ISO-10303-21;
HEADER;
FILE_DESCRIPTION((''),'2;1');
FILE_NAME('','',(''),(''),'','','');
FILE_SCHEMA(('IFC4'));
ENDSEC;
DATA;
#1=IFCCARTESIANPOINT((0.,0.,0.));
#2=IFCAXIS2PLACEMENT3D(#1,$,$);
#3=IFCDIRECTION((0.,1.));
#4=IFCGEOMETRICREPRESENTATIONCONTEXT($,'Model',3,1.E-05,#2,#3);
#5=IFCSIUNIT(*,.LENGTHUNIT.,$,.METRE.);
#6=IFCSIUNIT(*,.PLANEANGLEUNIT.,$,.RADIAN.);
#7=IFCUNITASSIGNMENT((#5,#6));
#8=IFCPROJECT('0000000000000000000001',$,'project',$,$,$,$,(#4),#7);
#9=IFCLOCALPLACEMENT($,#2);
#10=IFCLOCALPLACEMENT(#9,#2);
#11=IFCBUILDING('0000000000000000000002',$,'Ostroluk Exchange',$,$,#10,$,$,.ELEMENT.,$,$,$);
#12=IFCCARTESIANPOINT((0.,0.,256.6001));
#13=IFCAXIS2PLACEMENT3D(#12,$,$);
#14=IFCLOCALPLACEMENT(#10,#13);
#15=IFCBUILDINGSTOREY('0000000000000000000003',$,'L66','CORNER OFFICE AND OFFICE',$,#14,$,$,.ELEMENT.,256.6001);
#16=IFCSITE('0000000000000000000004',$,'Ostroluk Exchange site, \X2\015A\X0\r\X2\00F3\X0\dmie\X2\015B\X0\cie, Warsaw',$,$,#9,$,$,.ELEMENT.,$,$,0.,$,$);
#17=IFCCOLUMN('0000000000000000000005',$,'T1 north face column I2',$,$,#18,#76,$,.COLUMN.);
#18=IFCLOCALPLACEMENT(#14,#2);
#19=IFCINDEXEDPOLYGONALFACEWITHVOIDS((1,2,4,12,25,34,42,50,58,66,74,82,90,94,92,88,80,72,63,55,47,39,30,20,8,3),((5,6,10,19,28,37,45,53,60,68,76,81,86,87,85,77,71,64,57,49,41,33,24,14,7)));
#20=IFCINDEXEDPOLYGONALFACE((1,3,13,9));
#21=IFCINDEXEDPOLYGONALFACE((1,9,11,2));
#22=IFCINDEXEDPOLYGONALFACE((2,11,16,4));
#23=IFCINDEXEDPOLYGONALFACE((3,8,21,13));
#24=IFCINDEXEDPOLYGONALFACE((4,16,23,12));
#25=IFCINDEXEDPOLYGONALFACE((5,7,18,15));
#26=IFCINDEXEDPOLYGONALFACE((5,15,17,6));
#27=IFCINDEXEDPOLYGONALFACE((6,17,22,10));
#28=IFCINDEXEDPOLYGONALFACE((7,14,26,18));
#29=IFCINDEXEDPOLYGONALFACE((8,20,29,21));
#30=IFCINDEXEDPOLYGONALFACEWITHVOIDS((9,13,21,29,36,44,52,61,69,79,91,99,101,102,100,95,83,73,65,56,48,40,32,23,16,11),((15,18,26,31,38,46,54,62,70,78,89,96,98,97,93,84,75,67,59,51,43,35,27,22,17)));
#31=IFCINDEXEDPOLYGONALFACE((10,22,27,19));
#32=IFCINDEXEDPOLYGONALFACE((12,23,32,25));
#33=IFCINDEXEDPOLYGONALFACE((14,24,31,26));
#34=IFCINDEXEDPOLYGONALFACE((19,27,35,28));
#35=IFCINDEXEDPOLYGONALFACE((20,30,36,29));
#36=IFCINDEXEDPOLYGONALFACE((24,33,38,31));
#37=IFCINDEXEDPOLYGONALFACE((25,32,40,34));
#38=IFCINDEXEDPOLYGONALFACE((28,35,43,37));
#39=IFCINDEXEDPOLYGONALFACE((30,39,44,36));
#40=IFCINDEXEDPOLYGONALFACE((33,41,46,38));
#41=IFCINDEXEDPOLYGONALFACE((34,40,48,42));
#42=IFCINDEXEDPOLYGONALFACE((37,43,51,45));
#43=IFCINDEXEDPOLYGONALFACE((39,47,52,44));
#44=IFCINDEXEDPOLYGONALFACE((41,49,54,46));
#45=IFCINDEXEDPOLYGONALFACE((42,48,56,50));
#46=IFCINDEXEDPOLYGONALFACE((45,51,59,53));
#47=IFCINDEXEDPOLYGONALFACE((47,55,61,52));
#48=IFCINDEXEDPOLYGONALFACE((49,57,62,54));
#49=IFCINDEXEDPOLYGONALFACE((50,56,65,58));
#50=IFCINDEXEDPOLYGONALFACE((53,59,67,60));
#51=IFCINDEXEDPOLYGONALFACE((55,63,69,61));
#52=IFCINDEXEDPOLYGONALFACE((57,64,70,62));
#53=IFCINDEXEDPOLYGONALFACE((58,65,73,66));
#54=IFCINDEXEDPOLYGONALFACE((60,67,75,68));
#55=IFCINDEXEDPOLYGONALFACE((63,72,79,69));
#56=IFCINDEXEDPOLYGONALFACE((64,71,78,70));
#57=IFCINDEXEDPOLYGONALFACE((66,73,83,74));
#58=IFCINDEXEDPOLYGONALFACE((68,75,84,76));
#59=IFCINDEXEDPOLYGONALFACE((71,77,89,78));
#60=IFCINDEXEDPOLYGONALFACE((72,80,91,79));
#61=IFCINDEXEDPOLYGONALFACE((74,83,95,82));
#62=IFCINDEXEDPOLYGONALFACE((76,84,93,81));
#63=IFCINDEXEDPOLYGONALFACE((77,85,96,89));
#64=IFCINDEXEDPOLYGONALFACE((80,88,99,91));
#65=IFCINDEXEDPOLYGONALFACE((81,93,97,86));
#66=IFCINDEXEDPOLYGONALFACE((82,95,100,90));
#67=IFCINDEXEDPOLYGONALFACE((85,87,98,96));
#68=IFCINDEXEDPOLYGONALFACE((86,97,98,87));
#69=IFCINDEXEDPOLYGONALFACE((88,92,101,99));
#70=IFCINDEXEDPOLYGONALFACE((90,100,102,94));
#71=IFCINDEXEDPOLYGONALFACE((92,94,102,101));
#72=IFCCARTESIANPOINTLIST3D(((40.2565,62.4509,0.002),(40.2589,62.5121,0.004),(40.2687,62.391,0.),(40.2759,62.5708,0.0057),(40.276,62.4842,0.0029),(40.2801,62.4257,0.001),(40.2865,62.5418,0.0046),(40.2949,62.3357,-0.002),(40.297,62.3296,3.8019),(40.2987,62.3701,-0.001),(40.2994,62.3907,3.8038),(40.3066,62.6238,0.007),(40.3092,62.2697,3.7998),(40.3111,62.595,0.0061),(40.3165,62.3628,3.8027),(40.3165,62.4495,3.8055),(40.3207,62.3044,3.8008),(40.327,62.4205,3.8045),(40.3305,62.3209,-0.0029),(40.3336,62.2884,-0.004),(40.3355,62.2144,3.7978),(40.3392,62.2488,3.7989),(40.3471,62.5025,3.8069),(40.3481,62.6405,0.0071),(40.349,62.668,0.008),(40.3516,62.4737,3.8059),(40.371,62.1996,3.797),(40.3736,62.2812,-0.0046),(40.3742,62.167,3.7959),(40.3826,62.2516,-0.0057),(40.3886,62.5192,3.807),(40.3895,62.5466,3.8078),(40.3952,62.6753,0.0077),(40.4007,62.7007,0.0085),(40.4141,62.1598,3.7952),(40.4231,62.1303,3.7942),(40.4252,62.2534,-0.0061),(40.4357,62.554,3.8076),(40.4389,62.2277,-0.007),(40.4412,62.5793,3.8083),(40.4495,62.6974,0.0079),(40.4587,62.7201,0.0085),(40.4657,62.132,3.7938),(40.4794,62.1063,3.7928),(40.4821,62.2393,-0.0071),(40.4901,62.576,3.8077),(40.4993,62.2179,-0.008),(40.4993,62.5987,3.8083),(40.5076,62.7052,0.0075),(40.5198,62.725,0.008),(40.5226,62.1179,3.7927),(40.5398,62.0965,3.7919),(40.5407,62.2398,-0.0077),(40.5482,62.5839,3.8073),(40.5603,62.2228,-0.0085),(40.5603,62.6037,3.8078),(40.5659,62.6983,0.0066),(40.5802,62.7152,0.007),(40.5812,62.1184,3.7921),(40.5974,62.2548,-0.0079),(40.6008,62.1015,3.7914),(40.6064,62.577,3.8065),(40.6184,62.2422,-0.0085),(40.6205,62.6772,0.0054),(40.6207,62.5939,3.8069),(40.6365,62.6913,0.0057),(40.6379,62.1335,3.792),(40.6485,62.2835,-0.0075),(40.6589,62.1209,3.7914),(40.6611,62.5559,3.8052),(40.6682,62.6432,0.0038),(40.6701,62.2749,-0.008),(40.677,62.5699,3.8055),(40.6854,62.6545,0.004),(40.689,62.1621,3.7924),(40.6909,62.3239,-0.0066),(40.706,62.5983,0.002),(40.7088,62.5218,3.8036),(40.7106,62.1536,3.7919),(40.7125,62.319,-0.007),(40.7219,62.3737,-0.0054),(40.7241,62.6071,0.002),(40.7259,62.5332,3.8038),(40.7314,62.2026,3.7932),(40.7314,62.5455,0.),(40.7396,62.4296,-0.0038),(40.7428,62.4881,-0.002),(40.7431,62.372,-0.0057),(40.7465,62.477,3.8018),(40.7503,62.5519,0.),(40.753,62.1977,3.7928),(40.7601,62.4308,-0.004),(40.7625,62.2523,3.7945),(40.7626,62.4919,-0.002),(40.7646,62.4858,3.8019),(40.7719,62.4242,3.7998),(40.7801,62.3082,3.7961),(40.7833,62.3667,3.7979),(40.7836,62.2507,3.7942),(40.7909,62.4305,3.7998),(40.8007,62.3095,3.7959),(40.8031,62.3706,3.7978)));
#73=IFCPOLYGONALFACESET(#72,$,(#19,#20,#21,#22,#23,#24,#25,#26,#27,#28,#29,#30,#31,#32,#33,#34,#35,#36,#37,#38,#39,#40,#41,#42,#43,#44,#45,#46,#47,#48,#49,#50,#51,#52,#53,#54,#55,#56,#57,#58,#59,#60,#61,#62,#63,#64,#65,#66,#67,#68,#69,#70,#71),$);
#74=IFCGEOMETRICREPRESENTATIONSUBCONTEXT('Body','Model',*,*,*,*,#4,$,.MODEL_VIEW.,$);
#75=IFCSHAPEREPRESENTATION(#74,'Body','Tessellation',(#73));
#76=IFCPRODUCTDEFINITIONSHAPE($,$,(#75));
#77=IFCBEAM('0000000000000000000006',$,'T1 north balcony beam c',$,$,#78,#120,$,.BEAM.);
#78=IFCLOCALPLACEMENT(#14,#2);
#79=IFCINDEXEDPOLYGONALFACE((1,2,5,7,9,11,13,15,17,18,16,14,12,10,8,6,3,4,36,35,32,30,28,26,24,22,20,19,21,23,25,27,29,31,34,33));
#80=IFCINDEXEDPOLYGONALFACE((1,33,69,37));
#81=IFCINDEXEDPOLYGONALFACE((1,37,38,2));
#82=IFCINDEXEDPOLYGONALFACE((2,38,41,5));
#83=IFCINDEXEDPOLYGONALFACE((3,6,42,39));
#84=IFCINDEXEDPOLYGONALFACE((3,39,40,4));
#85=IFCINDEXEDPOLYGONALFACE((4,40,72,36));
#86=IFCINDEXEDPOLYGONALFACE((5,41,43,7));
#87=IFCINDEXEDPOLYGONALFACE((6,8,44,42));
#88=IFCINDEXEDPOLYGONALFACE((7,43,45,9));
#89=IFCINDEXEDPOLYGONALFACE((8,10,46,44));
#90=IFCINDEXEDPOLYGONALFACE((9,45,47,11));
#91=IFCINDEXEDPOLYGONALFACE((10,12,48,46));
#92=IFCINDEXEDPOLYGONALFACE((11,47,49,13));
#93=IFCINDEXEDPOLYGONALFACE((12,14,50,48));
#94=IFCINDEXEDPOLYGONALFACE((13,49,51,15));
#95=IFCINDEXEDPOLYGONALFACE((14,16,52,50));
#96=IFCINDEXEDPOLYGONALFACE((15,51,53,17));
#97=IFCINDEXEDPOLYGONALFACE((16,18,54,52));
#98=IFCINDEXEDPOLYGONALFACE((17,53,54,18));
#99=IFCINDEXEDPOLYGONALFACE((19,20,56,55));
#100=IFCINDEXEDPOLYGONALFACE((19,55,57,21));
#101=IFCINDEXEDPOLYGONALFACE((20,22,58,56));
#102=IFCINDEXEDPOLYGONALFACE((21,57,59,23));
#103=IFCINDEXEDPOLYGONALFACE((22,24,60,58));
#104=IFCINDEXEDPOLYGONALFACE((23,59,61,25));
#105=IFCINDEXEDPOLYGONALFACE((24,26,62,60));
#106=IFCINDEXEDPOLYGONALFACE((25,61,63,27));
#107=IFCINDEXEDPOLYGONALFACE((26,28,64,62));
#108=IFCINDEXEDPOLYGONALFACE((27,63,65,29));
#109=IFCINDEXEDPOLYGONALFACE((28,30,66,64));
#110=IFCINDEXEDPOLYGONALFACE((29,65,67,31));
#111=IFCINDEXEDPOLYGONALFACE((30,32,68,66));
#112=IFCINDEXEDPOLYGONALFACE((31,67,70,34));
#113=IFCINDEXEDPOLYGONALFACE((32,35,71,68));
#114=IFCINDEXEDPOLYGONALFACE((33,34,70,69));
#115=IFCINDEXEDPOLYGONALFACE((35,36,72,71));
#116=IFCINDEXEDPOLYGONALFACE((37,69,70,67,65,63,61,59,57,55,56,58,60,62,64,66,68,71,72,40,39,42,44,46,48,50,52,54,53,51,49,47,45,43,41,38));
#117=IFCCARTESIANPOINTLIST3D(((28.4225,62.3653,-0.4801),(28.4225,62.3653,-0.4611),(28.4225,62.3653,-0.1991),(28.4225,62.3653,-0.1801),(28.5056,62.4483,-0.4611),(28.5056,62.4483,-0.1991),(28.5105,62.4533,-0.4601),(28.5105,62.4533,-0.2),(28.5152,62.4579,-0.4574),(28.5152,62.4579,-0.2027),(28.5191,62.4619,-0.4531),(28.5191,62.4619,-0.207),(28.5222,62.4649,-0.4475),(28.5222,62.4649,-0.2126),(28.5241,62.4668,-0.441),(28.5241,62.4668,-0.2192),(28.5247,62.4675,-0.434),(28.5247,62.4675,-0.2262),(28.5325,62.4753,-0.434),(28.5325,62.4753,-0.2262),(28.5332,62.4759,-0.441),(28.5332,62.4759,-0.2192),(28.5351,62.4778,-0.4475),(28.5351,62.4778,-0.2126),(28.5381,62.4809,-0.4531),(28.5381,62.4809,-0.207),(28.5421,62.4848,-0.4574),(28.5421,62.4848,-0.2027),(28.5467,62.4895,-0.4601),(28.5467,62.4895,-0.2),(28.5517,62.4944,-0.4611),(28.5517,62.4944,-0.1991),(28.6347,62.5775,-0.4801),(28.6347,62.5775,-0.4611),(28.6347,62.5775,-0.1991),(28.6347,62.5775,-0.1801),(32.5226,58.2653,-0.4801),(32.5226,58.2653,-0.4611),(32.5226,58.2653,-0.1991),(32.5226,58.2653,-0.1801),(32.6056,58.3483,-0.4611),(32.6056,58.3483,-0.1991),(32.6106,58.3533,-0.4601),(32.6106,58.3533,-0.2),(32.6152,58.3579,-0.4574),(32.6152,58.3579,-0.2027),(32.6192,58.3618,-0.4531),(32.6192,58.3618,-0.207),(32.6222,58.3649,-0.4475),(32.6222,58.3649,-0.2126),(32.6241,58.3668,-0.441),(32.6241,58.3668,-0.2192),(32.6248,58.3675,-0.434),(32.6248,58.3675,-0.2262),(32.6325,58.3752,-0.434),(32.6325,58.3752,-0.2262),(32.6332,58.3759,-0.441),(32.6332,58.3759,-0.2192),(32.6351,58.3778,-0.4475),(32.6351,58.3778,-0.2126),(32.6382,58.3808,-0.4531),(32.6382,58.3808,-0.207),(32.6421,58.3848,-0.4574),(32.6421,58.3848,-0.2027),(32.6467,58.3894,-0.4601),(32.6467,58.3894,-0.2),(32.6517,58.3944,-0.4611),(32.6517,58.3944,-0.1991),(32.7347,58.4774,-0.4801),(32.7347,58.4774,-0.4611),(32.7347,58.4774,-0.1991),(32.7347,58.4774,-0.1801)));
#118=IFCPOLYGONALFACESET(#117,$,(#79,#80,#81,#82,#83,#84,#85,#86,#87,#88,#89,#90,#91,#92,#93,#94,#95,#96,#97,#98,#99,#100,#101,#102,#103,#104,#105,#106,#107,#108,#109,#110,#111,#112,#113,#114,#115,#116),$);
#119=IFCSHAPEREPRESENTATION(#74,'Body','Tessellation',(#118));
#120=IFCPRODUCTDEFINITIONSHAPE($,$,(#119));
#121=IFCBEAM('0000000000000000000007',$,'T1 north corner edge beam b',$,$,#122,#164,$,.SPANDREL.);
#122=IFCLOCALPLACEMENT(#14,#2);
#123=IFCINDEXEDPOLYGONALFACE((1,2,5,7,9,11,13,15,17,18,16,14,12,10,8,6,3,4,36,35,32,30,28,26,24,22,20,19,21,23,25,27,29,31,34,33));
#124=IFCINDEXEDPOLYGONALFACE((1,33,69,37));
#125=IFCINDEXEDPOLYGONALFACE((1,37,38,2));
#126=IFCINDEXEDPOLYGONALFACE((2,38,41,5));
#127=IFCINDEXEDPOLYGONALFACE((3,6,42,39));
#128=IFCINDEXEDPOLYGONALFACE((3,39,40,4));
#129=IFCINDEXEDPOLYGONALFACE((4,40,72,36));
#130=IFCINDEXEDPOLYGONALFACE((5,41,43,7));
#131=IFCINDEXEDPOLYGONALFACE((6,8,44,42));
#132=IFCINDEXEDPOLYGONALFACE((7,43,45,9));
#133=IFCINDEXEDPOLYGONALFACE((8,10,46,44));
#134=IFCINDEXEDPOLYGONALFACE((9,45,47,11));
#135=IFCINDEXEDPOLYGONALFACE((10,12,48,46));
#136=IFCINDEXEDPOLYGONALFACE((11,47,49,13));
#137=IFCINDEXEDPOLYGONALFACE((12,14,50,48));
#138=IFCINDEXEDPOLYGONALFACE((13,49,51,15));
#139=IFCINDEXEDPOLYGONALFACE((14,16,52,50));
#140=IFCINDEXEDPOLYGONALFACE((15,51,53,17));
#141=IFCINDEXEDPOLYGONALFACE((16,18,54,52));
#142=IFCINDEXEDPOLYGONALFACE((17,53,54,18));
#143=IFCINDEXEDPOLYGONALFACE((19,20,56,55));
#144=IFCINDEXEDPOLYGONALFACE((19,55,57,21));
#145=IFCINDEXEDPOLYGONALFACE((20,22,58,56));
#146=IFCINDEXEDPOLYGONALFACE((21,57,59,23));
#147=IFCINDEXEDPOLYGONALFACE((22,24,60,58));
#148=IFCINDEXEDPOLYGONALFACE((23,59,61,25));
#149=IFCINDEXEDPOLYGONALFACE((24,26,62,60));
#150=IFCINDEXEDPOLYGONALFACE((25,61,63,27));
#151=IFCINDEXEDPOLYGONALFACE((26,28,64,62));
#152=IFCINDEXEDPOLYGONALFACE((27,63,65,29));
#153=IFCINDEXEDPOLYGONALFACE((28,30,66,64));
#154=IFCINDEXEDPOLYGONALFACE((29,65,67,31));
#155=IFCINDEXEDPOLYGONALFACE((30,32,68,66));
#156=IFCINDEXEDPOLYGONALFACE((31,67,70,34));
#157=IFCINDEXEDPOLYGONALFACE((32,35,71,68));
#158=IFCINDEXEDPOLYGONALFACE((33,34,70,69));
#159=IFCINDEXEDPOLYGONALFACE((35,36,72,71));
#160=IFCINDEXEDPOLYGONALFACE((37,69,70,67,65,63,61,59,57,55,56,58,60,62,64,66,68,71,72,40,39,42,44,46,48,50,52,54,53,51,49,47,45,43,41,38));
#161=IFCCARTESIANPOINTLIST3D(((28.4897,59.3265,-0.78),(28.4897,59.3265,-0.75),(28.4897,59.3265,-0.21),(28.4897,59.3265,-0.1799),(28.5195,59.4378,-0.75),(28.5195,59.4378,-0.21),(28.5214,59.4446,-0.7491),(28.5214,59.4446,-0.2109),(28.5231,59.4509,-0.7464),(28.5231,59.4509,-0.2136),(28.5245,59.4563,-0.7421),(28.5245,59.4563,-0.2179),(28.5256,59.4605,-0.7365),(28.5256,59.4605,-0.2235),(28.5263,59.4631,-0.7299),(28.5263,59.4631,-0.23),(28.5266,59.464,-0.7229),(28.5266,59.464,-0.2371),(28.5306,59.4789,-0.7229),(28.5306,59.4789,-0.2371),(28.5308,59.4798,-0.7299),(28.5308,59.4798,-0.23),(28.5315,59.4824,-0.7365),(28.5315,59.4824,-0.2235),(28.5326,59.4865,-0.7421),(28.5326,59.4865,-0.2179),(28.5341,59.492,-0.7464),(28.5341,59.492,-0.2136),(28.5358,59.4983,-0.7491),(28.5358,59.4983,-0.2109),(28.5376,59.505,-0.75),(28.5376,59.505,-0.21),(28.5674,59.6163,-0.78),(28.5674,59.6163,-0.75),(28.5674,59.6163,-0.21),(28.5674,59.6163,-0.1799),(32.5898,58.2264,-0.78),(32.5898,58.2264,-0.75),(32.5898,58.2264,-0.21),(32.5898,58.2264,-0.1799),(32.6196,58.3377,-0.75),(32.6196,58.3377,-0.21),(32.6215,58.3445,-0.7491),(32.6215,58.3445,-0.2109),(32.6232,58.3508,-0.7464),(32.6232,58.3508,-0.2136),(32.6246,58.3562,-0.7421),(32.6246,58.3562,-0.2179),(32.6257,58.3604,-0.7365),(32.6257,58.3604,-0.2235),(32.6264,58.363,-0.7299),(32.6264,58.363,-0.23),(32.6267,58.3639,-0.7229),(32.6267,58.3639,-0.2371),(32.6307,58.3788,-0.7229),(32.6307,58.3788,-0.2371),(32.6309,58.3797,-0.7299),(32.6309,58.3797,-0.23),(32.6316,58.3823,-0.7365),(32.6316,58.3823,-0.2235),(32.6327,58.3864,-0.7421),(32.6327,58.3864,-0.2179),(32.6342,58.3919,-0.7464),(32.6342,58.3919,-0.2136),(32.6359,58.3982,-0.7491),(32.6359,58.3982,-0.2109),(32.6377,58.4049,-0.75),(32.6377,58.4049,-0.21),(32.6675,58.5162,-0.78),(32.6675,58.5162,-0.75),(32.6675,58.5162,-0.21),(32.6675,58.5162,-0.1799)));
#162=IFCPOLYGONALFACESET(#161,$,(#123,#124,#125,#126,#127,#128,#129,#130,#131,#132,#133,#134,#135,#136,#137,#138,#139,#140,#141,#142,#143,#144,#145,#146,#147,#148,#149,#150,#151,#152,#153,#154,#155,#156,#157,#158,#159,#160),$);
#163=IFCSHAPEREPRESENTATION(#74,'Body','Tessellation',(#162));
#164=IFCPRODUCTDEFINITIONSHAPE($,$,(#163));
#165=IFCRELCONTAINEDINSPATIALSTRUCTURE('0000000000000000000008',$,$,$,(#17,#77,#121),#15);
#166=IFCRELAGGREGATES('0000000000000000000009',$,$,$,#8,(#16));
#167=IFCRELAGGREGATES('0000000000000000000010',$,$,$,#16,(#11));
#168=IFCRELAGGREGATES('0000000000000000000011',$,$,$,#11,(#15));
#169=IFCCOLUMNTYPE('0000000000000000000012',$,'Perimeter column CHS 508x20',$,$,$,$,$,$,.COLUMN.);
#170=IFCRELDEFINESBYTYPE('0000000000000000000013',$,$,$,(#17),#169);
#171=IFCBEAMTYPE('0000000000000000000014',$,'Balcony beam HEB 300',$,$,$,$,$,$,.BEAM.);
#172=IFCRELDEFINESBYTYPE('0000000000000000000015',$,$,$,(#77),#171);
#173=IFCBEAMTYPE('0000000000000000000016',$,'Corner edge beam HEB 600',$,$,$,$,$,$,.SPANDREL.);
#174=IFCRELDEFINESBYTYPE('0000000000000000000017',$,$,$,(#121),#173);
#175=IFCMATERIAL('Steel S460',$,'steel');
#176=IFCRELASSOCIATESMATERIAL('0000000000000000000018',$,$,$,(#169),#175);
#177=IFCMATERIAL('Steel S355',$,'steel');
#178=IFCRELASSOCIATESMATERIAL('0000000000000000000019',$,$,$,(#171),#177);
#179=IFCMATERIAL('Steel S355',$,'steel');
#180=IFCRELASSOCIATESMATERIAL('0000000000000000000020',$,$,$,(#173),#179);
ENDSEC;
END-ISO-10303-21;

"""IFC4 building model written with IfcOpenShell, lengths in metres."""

from ifc_helpers import new_model, si_unit, direction, frame, origin, origin_2d, place, context, subcontext, project, spatial, hollow_circle, i_section, extrude, material, material_profile, profile_set, type_object, element, save


model = new_model("IFC4")

# Units and contexts
model_context = context("Model", 3, precision=1e-05, world=origin(), true_north=direction((0.0, 1.0)))
body_context = subcontext(model_context, "Body", "Model", "MODEL_VIEW")
ifc_project = project(units=[si_unit("LENGTHUNIT", "METRE"), si_unit("PLANEANGLEUNIT", "RADIAN")], contexts=[model_context])

# Site, building, storey
site_placement = place(None, origin())
site = spatial("IfcSite", under=ifc_project, at=site_placement, Name="Ostroluk Exchange site, Śródmieście, Warsaw", CompositionType="ELEMENT", RefElevation=0.0)
building_placement = place(site_placement, origin())
building = spatial("IfcBuilding", under=site, at=building_placement, Name="Ostroluk Exchange", CompositionType="ELEMENT")
storey_placement = place(building_placement, frame((0.0, 0.0, 256.6001)))
storey = spatial("IfcBuildingStorey", under=building, at=storey_placement, Name="L66", Description="CORNER OFFICE AND OFFICE", CompositionType="ELEMENT", Elevation=256.6001)

# Column
ifc_material_1 = material(Name="Steel S460", Category="steel")
ifc_material_profile_1 = material_profile(ifc_material_1, hollow_circle(Radius=0.2539, WallThickness=0.02, at=origin_2d()), Name="CHS 508x20")
ifc_profile_set_1 = profile_set([ifc_material_profile_1], Name="Steel S460")
column_type = type_object("IfcColumnType", Name="Perimeter column CHS 508x20", PredefinedType="COLUMN", material=ifc_profile_set_1)
column_placement = place(storey_placement, frame((40.5095, 62.4714, 0.0), z_axis=(0.01066, -0.031915, 0.999434), x_axis=(0.948492, 0.3168, 0.0)))
element("IfcColumn", 1, at=column_placement, inside=storey, type_object=column_type, Name="T1 north face column I2", PredefinedType="COLUMN", context=body_context, shape_type="SweptSolid", body=[
    extrude(hollow_circle(Radius=0.2539, WallThickness=0.02, at=origin_2d()), origin(), (0.0, 0.0, 1.0), 3.802),
])

# Beams
ifc_material_2 = material(Name="Steel S355", Category="steel")
ifc_material_profile_2 = material_profile(ifc_material_2, i_section(OverallWidth=0.3, OverallDepth=0.3, WebThickness=0.011, FlangeThickness=0.019, FilletRadius=0.0271, at=origin_2d()), Name="HEB 300")
ifc_profile_set_2 = profile_set([ifc_material_profile_2], Name="Steel S355")
beam_type_1 = type_object("IfcBeamType", Name="Balcony beam HEB 300", PredefinedType="BEAM", material=ifc_profile_set_2)
beam_1_placement = place(storey_placement, frame((32.6287, 58.3713, -0.3301), z_axis=(-0.707107, 0.707107, 0.0), x_axis=(-0.707107, -0.707107, 0.0)))
element("IfcBeam", 2, at=beam_1_placement, inside=storey, type_object=beam_type_1, Name="T1 north balcony beam c", PredefinedType="BEAM", context=body_context, shape_type="SweptSolid", body=[
    extrude(i_section(OverallWidth=0.3, OverallDepth=0.3, WebThickness=0.011, FlangeThickness=0.019, FilletRadius=0.0271, at=origin_2d()), origin(), (0.0, 0.0, 1.0), 5.7983),
])
ifc_material_3 = material(Name="Steel S355", Category="steel")
ifc_material_profile_3 = material_profile(ifc_material_3, i_section(OverallWidth=0.3, OverallDepth=0.6001, WebThickness=0.0154, FlangeThickness=0.03, FilletRadius=0.0271, at=origin_2d()), Name="HEB 600")
ifc_profile_set_3 = profile_set([ifc_material_profile_3], Name="Steel S355")
beam_type_2 = type_object("IfcBeamType", Name="Corner edge beam HEB 600", PredefinedType="SPANDREL", material=ifc_profile_set_3)
beam_2_placement = place(storey_placement, frame((32.6287, 58.3713, -0.48), z_axis=(-0.965839, 0.259144, 0.0), x_axis=(-0.259144, -0.965839, 0.0)))
element("IfcBeam", 3, at=beam_2_placement, inside=storey, type_object=beam_type_2, Name="T1 north corner edge beam b", PredefinedType="SPANDREL", context=body_context, shape_type="SweptSolid", body=[
    extrude(i_section(OverallWidth=0.3, OverallDepth=0.6001, WebThickness=0.0154, FlangeThickness=0.03, FilletRadius=0.0271, at=origin_2d()), origin(), (0.0, 0.0, 1.0), 4.2451),
])

save(model, "model.ifc")
